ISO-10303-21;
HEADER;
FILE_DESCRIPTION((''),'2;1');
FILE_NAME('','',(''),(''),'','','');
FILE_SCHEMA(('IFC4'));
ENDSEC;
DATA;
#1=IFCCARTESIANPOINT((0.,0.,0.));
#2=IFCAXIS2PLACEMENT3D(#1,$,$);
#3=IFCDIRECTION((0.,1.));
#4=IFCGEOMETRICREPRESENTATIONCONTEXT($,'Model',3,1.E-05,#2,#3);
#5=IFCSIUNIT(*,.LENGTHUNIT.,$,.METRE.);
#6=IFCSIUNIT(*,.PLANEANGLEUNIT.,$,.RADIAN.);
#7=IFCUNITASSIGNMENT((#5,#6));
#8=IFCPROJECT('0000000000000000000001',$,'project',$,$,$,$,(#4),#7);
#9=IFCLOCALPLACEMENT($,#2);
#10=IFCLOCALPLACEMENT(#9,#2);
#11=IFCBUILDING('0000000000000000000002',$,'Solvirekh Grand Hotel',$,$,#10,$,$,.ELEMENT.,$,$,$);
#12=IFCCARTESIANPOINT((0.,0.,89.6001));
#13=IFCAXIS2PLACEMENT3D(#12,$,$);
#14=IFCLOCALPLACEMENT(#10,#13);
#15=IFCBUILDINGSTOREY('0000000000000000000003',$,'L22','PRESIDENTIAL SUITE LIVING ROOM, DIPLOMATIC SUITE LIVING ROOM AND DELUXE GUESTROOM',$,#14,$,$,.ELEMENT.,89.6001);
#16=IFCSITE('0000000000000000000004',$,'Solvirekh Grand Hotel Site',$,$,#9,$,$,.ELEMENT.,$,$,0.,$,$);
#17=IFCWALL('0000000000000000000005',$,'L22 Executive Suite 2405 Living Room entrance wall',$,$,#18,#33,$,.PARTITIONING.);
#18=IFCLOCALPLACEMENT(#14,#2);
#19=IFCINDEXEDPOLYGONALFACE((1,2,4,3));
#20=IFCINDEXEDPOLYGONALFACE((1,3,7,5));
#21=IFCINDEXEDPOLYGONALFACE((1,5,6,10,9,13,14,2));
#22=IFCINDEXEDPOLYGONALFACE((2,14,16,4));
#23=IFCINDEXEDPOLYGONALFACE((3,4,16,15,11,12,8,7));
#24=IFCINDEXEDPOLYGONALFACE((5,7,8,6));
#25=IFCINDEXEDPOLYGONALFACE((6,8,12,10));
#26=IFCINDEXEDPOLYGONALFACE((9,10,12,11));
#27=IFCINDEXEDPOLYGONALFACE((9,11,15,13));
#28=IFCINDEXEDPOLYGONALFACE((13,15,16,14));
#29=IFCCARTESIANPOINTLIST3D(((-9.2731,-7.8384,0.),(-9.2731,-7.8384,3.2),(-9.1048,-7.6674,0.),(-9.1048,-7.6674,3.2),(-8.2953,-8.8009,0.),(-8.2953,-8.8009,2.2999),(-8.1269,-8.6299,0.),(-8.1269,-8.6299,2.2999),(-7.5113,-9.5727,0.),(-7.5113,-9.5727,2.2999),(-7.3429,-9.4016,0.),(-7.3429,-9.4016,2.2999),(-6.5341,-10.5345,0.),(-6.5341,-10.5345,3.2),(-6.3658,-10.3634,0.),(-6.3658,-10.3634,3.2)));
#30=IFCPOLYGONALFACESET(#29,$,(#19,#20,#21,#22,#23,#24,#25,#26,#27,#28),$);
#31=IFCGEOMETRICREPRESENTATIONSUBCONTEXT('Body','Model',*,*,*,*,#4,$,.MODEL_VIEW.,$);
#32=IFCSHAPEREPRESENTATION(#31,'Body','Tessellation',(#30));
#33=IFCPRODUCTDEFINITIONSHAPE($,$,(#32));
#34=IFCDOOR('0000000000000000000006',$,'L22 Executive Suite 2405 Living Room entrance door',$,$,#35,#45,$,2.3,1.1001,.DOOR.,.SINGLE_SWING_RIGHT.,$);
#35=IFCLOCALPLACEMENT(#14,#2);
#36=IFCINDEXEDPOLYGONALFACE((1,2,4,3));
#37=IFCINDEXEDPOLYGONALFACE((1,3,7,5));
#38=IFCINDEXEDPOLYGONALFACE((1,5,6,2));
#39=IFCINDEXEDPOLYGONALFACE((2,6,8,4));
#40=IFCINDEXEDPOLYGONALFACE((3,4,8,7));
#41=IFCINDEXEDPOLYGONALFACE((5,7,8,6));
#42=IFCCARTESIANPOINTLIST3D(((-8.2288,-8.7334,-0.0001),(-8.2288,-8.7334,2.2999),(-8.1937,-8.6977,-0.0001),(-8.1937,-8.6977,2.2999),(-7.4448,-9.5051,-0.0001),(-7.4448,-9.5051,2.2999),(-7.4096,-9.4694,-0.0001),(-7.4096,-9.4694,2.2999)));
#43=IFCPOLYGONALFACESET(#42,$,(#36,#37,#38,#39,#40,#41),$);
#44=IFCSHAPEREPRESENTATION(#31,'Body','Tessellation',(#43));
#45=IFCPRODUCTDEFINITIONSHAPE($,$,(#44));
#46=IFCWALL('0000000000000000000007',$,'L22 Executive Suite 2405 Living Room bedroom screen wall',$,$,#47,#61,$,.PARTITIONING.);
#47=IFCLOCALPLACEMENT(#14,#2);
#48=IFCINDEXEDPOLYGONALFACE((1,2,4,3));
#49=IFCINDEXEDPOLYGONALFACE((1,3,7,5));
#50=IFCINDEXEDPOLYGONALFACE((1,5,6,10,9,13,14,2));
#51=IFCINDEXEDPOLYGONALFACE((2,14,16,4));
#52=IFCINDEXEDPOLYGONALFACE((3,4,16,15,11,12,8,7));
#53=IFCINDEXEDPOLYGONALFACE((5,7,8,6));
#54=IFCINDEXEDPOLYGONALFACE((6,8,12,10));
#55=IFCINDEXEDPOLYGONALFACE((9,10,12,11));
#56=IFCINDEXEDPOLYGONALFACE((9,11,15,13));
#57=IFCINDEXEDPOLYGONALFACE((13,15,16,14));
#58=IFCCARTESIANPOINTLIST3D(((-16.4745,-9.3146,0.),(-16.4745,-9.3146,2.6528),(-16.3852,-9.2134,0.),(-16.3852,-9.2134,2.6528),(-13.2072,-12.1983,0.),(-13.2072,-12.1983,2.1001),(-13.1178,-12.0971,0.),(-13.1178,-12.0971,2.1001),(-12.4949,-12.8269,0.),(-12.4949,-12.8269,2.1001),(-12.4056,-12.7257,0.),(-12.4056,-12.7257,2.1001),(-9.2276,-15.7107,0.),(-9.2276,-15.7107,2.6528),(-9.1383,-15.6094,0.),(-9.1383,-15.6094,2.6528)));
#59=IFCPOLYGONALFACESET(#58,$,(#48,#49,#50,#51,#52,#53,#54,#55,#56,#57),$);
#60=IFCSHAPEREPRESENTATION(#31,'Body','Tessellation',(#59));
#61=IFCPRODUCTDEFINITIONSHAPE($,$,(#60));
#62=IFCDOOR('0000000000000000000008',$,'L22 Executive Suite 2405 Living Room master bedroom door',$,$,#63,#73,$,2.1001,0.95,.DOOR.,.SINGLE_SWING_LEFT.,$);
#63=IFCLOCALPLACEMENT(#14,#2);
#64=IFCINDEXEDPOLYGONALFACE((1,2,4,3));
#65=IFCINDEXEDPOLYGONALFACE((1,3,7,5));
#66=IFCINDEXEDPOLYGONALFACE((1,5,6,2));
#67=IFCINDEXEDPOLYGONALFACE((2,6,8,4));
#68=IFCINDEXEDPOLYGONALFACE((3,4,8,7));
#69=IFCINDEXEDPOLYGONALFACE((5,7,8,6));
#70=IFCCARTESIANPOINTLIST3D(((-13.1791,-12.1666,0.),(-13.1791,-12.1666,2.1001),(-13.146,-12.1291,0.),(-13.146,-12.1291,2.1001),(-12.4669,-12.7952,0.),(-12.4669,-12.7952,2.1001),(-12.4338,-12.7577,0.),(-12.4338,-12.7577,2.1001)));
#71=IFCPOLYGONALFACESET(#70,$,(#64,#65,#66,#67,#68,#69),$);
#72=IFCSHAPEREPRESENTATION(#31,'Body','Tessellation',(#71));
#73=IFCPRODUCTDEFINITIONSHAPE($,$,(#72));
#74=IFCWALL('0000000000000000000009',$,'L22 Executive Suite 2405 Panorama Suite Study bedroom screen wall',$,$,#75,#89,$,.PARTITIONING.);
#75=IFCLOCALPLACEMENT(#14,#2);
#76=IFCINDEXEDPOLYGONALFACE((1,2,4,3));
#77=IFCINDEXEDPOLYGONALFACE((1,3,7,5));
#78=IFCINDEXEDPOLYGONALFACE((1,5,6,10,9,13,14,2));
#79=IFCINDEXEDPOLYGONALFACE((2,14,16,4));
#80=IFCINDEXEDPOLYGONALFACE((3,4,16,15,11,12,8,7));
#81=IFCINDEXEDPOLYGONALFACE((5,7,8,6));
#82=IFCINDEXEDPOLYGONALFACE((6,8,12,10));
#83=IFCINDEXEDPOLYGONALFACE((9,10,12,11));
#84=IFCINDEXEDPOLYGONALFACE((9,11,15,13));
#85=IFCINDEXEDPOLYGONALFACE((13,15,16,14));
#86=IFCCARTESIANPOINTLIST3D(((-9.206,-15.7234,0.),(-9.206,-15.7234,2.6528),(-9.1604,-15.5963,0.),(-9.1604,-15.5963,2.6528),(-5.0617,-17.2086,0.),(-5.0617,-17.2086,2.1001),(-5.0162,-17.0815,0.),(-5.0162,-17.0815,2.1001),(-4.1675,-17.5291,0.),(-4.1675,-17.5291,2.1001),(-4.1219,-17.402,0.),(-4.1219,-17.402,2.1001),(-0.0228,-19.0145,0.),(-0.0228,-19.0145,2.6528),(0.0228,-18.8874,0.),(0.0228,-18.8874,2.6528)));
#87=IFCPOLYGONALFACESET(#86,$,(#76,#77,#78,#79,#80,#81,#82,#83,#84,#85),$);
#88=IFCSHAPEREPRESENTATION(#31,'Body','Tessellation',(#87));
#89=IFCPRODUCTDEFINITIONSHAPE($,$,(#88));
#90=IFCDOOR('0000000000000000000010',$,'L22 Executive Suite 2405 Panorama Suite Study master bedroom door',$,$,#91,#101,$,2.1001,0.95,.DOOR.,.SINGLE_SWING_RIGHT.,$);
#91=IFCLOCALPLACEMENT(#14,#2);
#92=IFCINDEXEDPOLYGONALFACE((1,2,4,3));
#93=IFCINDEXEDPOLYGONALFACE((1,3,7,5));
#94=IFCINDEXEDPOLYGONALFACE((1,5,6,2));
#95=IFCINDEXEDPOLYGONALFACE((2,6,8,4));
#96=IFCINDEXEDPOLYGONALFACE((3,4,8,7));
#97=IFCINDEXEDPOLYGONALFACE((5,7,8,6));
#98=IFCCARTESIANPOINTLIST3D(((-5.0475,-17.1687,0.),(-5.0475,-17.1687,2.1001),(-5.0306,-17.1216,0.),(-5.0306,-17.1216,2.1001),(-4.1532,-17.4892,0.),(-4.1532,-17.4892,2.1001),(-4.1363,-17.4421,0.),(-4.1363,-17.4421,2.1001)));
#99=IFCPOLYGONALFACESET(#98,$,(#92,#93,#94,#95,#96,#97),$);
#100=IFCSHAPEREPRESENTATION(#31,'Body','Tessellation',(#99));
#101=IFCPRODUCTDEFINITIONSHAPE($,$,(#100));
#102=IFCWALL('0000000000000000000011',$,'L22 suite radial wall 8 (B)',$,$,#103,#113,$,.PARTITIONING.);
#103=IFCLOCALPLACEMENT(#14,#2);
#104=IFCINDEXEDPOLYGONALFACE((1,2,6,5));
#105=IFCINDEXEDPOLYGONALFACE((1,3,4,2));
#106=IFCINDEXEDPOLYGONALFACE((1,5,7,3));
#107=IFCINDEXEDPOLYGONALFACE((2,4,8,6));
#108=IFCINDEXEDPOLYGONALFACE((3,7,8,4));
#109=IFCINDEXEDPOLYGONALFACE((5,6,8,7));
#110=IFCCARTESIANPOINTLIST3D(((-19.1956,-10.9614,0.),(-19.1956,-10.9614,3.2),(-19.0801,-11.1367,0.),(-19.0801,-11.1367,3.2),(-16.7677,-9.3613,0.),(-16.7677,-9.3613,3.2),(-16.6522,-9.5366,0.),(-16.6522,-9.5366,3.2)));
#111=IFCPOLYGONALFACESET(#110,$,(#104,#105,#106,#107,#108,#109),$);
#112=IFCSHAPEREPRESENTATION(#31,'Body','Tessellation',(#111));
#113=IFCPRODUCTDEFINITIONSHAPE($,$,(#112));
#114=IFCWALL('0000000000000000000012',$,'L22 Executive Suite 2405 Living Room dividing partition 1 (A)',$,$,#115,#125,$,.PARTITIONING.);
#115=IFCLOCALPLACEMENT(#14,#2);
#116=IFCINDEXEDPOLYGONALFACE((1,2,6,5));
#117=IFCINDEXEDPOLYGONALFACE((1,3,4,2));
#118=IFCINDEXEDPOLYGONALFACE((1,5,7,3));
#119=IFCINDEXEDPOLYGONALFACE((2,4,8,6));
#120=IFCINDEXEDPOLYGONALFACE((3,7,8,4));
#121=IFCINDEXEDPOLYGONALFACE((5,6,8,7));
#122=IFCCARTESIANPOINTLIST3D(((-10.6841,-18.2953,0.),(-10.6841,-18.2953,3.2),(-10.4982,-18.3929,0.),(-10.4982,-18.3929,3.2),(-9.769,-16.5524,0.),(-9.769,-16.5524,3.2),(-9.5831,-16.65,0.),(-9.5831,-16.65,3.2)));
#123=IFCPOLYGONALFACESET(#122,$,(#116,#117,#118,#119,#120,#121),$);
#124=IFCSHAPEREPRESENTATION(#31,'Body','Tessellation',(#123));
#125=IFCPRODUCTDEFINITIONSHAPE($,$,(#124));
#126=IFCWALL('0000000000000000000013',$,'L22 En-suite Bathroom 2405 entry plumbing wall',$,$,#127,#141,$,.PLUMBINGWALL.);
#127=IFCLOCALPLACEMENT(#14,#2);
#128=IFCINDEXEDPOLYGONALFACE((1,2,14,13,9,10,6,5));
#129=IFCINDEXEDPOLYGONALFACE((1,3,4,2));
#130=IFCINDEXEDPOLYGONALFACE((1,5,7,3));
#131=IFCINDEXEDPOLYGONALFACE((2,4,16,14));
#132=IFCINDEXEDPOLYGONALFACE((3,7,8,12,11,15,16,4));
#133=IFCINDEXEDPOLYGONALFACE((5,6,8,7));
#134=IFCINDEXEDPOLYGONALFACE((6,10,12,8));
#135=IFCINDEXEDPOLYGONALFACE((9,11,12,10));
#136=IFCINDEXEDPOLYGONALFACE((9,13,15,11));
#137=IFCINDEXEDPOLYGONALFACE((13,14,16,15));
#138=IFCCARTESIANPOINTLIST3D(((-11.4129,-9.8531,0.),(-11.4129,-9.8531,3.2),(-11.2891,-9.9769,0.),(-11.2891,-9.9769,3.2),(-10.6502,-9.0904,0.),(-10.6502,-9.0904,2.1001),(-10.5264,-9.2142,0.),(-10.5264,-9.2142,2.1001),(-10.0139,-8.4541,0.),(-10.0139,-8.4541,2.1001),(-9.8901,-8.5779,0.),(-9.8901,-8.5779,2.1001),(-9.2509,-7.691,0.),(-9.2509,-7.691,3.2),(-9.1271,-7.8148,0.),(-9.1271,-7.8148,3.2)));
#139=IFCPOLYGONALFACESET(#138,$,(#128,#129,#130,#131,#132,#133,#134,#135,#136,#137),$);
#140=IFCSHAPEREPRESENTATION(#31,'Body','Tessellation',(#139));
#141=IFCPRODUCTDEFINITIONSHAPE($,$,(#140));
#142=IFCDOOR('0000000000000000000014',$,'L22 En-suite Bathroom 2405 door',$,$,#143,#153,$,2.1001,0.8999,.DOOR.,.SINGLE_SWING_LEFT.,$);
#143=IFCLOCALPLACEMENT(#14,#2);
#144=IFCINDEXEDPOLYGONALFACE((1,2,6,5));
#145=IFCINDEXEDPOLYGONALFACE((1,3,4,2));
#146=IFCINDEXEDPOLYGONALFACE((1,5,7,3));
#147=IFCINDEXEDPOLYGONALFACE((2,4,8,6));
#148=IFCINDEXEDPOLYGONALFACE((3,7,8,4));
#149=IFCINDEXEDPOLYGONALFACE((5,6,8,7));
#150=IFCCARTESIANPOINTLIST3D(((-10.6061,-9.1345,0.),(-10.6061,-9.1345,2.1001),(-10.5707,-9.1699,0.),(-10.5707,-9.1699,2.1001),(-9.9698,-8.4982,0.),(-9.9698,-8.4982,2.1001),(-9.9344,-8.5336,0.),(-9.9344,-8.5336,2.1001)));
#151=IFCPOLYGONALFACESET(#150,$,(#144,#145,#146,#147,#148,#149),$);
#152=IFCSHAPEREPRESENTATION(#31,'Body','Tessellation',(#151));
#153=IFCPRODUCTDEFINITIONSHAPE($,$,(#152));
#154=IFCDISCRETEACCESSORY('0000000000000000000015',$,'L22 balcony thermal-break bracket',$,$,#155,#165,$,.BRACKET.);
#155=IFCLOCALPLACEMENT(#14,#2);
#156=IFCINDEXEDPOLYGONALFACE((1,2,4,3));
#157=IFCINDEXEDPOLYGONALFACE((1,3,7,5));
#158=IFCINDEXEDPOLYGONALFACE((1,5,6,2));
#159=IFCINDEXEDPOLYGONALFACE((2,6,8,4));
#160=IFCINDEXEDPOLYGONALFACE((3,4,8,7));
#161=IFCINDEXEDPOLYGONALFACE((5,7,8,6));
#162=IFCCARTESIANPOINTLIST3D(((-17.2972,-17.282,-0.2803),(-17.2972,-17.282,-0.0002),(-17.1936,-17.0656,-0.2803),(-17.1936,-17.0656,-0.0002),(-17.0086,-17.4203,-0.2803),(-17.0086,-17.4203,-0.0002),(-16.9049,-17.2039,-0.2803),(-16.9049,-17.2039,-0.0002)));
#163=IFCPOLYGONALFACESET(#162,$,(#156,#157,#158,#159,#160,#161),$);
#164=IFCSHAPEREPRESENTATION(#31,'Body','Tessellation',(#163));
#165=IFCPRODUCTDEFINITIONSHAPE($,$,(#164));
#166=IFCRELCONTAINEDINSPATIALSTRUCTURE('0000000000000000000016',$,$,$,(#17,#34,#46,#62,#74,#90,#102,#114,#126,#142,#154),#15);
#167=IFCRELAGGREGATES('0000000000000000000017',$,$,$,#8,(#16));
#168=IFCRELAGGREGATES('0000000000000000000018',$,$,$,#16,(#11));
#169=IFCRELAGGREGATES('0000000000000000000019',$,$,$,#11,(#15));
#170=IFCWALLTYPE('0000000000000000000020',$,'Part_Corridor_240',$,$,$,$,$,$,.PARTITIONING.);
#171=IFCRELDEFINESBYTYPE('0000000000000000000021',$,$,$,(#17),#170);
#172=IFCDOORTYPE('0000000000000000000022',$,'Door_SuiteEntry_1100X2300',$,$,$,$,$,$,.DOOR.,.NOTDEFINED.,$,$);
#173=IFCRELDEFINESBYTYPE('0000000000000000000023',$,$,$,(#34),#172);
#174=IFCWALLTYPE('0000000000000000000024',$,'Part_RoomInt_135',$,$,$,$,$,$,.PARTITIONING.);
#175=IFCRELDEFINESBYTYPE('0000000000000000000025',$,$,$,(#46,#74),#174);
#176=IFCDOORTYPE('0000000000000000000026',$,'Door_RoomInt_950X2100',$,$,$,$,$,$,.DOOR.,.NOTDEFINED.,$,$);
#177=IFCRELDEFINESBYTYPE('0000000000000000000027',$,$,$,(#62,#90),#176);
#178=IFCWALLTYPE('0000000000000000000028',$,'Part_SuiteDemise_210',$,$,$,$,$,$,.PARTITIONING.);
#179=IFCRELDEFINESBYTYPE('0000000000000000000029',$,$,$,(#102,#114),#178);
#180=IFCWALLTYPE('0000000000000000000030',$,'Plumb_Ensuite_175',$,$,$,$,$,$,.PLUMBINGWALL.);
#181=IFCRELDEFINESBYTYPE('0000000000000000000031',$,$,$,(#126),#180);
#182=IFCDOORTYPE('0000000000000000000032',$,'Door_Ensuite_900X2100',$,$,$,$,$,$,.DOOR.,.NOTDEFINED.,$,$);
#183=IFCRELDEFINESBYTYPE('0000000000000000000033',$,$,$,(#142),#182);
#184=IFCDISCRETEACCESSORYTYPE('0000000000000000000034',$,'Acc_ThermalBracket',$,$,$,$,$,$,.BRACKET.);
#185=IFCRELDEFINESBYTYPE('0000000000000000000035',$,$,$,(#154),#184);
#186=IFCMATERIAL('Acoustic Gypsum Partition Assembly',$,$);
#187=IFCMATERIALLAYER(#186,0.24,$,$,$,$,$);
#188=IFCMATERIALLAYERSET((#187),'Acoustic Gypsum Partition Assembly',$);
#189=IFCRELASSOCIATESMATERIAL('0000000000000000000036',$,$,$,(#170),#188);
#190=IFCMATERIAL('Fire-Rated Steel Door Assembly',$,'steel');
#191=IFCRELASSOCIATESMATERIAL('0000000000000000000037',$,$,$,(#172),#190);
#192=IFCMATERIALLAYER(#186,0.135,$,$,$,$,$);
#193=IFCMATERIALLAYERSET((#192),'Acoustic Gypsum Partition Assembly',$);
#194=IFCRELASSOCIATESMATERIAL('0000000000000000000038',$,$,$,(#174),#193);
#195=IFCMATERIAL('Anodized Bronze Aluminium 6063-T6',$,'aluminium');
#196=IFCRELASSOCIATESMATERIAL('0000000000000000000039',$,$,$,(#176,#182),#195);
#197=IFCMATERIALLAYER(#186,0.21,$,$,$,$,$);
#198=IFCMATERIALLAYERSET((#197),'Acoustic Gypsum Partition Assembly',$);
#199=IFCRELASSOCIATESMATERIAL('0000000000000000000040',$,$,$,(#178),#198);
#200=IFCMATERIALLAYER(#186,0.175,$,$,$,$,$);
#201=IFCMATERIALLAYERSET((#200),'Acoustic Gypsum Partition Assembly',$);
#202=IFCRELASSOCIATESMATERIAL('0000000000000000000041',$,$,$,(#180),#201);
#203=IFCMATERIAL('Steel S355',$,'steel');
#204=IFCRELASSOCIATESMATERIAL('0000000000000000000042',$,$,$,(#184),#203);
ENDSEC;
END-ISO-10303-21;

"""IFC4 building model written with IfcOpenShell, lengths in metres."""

from ifc_helpers import new_model, si_unit, direction, frame, frame_2d, origin, origin_2d, place, context, subcontext, project, spatial, rectangle, extrude, material, layer, layer_set, type_object, element, fill, save


model = new_model("IFC4")

# Units and contexts
model_context = context("Model", 3, precision=1e-05, world=origin(), true_north=direction((0.0, 1.0)))
body_context = subcontext(model_context, "Body", "Model", "MODEL_VIEW")
ifc_project = project(units=[si_unit("LENGTHUNIT", "METRE"), si_unit("PLANEANGLEUNIT", "RADIAN")], contexts=[model_context])

# Site, building, storey
site_placement = place(None, origin())
site = spatial("IfcSite", under=ifc_project, at=site_placement, Name="Solvirekh Grand Hotel Site", CompositionType="ELEMENT", RefElevation=0.0)
building_placement = place(site_placement, origin())
building = spatial("IfcBuilding", under=site, at=building_placement, Name="Solvirekh Grand Hotel", CompositionType="ELEMENT")
storey_placement = place(building_placement, frame((0.0, 0.0, 89.6001)))
storey = spatial("IfcBuildingStorey", under=building, at=storey_placement, Name="L22", Description="PRESIDENTIAL SUITE LIVING ROOM, DIPLOMATIC SUITE LIVING ROOM AND DELUXE GUESTROOM", CompositionType="ELEMENT", Elevation=89.6001)

# Shared definitions
ifc_material_1 = material(Name="Steel S355", Category="steel")

# Shared definitions
ifc_material_2 = material(Name="Anodized Bronze Aluminium 6063-T6", Category="aluminium")

# Walls, openings, doors
ifc_material_3 = material(Name="Acoustic Gypsum Partition Assembly")
ifc_layer_1 = layer(ifc_material_3, 0.24)
ifc_layer_set_1 = layer_set([ifc_layer_1], Name="Acoustic Gypsum Partition Assembly")
wall_type_1 = type_object("IfcWallType", Name="Part_Corridor_240", PredefinedType="PARTITIONING", material=ifc_layer_set_1)
wall_1_placement = place(storey_placement, frame((-9.189, -7.7529, 0.0), z_axis=(0.0, 0.0, 1.0), x_axis=(0.712675, -0.701495, 0.0)))
wall_1 = element("IfcWall", 1, at=wall_1_placement, inside=storey, type_object=wall_type_1, Name="L22 Executive Suite 2405 Living Room entrance wall", PredefinedType="PARTITIONING", context=body_context, shape_type="SweptSolid", body=[
    extrude(rectangle(XDim=3.8433, YDim=0.24, at=frame_2d((1.9216, 0.0))), origin(), (0.0, 0.0, 1.0), 3.2),
])
opening_1_placement = place(wall_1_placement, frame((1.3721, 0.0, 0.0)))
opening_1 = element("IfcOpeningElement", 2, at=opening_1_placement, cuts=wall_1, PredefinedType="OPENING", context=body_context, shape_type="SweptSolid", body=[
    extrude(rectangle(XDim=1.1001, YDim=2.3, at=frame_2d((0.55, 1.1499))), frame((0.0, 0.1299, 0.0), z_axis=(0.0, -1.0, 0.0), x_axis=(1.0, 0.0, 0.0)), (0.0, 0.0, 1.0), 0.26),
])
ifc_material_4 = material(Name="Fire-Rated Steel Door Assembly", Category="steel")
door_type_1 = type_object("IfcDoorType", Name="Door_SuiteEntry_1100X2300", OperationType="NOTDEFINED", PredefinedType="DOOR", material=ifc_material_4)
door_1_placement = place(opening_1_placement, origin())
door_1 = element("IfcDoor", 3, at=door_1_placement, inside=storey, type_object=door_type_1, Name="L22 Executive Suite 2405 Living Room entrance door", OperationType="SINGLE_SWING_RIGHT", OverallHeight=2.3, OverallWidth=1.1001, PredefinedType="DOOR", context=body_context, shape_type="SweptSolid", body=[
    extrude(rectangle(XDim=1.1001, YDim=2.3, at=frame_2d((0.55, 1.1499))), frame((0.0, 0.0249, 0.0), z_axis=(0.0, -1.0, 0.0), x_axis=(1.0, 0.0, 0.0)), (0.0, 0.0, 1.0), 0.05),
])
fill(opening_1, door_1)
ifc_layer_2 = layer(ifc_material_3, 0.135)
ifc_layer_set_2 = layer_set([ifc_layer_2], Name="Acoustic Gypsum Partition Assembly")
wall_type_2 = type_object("IfcWallType", Name="Part_RoomInt_135", PredefinedType="PARTITIONING", material=ifc_layer_set_2)
wall_2_placement = place(storey_placement, frame((-16.4299, -9.2639, 0.0), z_axis=(0.0, 0.0, 1.0), x_axis=(0.749749, -0.661723, 0.0)))
wall_2 = element("IfcWall", 4, at=wall_2_placement, inside=storey, type_object=wall_type_2, Name="L22 Executive Suite 2405 Living Room bedroom screen wall", PredefinedType="PARTITIONING", context=body_context, shape_type="SweptSolid", body=[
    extrude(rectangle(XDim=9.6658, YDim=0.135, at=frame_2d((4.833, 0.0))), origin(), (0.0, 0.0, 1.0), 2.6528),
])
opening_2_placement = place(wall_2_placement, frame((4.3579, 0.0, 0.0)))
opening_2 = element("IfcOpeningElement", 5, at=opening_2_placement, cuts=wall_2, PredefinedType="OPENING", context=body_context, shape_type="SweptSolid", body=[
    extrude(rectangle(XDim=0.95, YDim=2.1001, at=frame_2d((0.4751, 1.05))), frame((0.0, 0.0776, 0.0), z_axis=(0.0, -1.0, 0.0), x_axis=(1.0, 0.0, 0.0)), (0.0, 0.0, 1.0), 0.155),
])
door_type_2 = type_object("IfcDoorType", Name="Door_RoomInt_950X2100", OperationType="NOTDEFINED", PredefinedType="DOOR", material=ifc_material_2)
door_2_placement = place(opening_2_placement, origin())
door_2 = element("IfcDoor", 6, at=door_2_placement, inside=storey, type_object=door_type_2, Name="L22 Executive Suite 2405 Living Room master bedroom door", OperationType="SINGLE_SWING_LEFT", OverallHeight=2.1001, OverallWidth=0.95, PredefinedType="DOOR", context=body_context, shape_type="SweptSolid", body=[
    extrude(rectangle(XDim=0.95, YDim=2.1001, at=frame_2d((0.4751, 1.05))), frame((0.0, 0.0249, 0.0), z_axis=(0.0, -1.0, 0.0), x_axis=(1.0, 0.0, 0.0)), (0.0, 0.0, 1.0), 0.05),
])
fill(opening_2, door_2)
wall_3_placement = place(storey_placement, frame((-9.1831, -15.6599, 0.0), z_axis=(0.0, 0.0, 1.0), x_axis=(0.941373, -0.337367, 0.0)))
wall_3 = element("IfcWall", 7, at=wall_3_placement, inside=storey, type_object=wall_type_2, Name="L22 Executive Suite 2405 Panorama Suite Study bedroom screen wall", PredefinedType="PARTITIONING", context=body_context, shape_type="SweptSolid", body=[
    extrude(rectangle(XDim=9.7551, YDim=0.135, at=frame_2d((4.8774, 0.0))), origin(), (0.0, 0.0, 1.0), 2.6528),
])
opening_3_placement = place(wall_3_placement, frame((4.4021, 0.0, 0.0)))
opening_3 = element("IfcOpeningElement", 8, at=opening_3_placement, cuts=wall_3, PredefinedType="OPENING", context=body_context, shape_type="SweptSolid", body=[
    extrude(rectangle(XDim=0.95, YDim=2.1001, at=frame_2d((0.4751, 1.05))), frame((0.0, 0.0776, 0.0), z_axis=(0.0, -1.0, 0.0), x_axis=(1.0, 0.0, 0.0)), (0.0, 0.0, 1.0), 0.155),
])
door_3_placement = place(opening_3_placement, origin())
door_3 = element("IfcDoor", 9, at=door_3_placement, inside=storey, type_object=door_type_2, Name="L22 Executive Suite 2405 Panorama Suite Study master bedroom door", OperationType="SINGLE_SWING_RIGHT", OverallHeight=2.1001, OverallWidth=0.95, PredefinedType="DOOR", context=body_context, shape_type="SweptSolid", body=[
    extrude(rectangle(XDim=0.95, YDim=2.1001, at=frame_2d((0.4751, 1.05))), frame((0.0, 0.0249, 0.0), z_axis=(0.0, -1.0, 0.0), x_axis=(1.0, 0.0, 0.0)), (0.0, 0.0, 1.0), 0.05),
])
fill(opening_3, door_3)

# Walls
ifc_layer_3 = layer(ifc_material_3, 0.21)
ifc_layer_set_3 = layer_set([ifc_layer_3], Name="Acoustic Gypsum Partition Assembly")
wall_type_3 = type_object("IfcWallType", Name="Part_SuiteDemise_210", PredefinedType="PARTITIONING", material=ifc_layer_set_3)
wall_4_placement = place(storey_placement, frame((-16.71, -9.449, 0.0), z_axis=(0.0, 0.0, 1.0), x_axis=(-0.834984, -0.550275, 0.0)))
element("IfcWall", 10, at=wall_4_placement, inside=storey, type_object=wall_type_3, Name="L22 suite radial wall 8 (B)", PredefinedType="PARTITIONING", context=body_context, shape_type="SweptSolid", body=[
    extrude(rectangle(XDim=2.9077, YDim=0.21, at=frame_2d((1.4539, 0.0))), origin(), (0.0, 0.0, 1.0), 3.2),
])
wall_5_placement = place(storey_placement, frame((-9.676, -16.6011, 0.0), z_axis=(0.0, 0.0, 1.0), x_axis=(-0.464836, -0.885397, 0.0)))
element("IfcWall", 11, at=wall_5_placement, inside=storey, type_object=wall_type_3, Name="L22 Executive Suite 2405 Living Room dividing partition 1 (A)", PredefinedType="PARTITIONING", context=body_context, shape_type="SweptSolid", body=[
    extrude(rectangle(XDim=1.9685, YDim=0.21, at=frame_2d((0.9844, 0.0))), origin(), (0.0, 0.0, 1.0), 3.2),
])

# Wall, opening, door
ifc_layer_4 = layer(ifc_material_3, 0.175)
ifc_layer_set_4 = layer_set([ifc_layer_4], Name="Acoustic Gypsum Partition Assembly")
wall_type_4 = type_object("IfcWallType", Name="Plumb_Ensuite_175", PredefinedType="PLUMBINGWALL", material=ifc_layer_set_4)
wall_6_placement = place(storey_placement, frame((-9.189, -7.7529, 0.0), z_axis=(0.0, 0.0, 1.0), x_axis=(-0.707107, -0.707107, 0.0)))
wall_6 = element("IfcWall", 12, at=wall_6_placement, inside=storey, type_object=wall_type_4, Name="L22 En-suite Bathroom 2405 entry plumbing wall", PredefinedType="PLUMBINGWALL", context=body_context, shape_type="SweptSolid", body=[
    extrude(rectangle(XDim=3.0576, YDim=0.175, at=frame_2d((1.5288, 0.0))), origin(), (0.0, 0.0, 1.0), 3.2),
])
opening_4_placement = place(wall_6_placement, frame((1.0791, 0.0, 0.0)))
opening_4 = element("IfcOpeningElement", 13, at=opening_4_placement, cuts=wall_6, PredefinedType="OPENING", context=body_context, shape_type="SweptSolid", body=[
    extrude(rectangle(XDim=0.8999, YDim=2.1001, at=frame_2d((0.45, 1.05))), frame((0.0, 0.0977, 0.0), z_axis=(0.0, -1.0, 0.0), x_axis=(1.0, 0.0, 0.0)), (0.0, 0.0, 1.0), 0.1951),
])
door_type_3 = type_object("IfcDoorType", Name="Door_Ensuite_900X2100", OperationType="NOTDEFINED", PredefinedType="DOOR", material=ifc_material_2)
door_4_placement = place(opening_4_placement, origin())
door_4 = element("IfcDoor", 14, at=door_4_placement, inside=storey, type_object=door_type_3, Name="L22 En-suite Bathroom 2405 door", OperationType="SINGLE_SWING_LEFT", OverallHeight=2.1001, OverallWidth=0.8999, PredefinedType="DOOR", context=body_context, shape_type="SweptSolid", body=[
    extrude(rectangle(XDim=0.8999, YDim=2.1001, at=frame_2d((0.45, 1.05))), frame((0.0, 0.0249, 0.0), z_axis=(0.0, -1.0, 0.0), x_axis=(1.0, 0.0, 0.0)), (0.0, 0.0, 1.0), 0.05),
])
fill(opening_4, door_4)

# Discrete accessory
discrete_accessory_type = type_object("IfcDiscreteAccessoryType", Name="Acc_ThermalBracket", PredefinedType="BRACKET", material=ifc_material_1)
discrete_accessory_placement = place(storey_placement, frame((-17.1011, -17.2429, -0.2803), z_axis=(0.0, 0.0, 1.0), x_axis=(0.901833, -0.432086, 0.0)))
element("IfcDiscreteAccessory", 15, at=discrete_accessory_placement, inside=storey, type_object=discrete_accessory_type, Name="L22 balcony thermal-break bracket", PredefinedType="BRACKET", context=body_context, shape_type="SweptSolid", body=[
    extrude(rectangle(XDim=0.3201, YDim=0.24, at=origin_2d()), origin(), (0.0, 0.0, 1.0), 0.28),
])

save(model, "model.ifc")
